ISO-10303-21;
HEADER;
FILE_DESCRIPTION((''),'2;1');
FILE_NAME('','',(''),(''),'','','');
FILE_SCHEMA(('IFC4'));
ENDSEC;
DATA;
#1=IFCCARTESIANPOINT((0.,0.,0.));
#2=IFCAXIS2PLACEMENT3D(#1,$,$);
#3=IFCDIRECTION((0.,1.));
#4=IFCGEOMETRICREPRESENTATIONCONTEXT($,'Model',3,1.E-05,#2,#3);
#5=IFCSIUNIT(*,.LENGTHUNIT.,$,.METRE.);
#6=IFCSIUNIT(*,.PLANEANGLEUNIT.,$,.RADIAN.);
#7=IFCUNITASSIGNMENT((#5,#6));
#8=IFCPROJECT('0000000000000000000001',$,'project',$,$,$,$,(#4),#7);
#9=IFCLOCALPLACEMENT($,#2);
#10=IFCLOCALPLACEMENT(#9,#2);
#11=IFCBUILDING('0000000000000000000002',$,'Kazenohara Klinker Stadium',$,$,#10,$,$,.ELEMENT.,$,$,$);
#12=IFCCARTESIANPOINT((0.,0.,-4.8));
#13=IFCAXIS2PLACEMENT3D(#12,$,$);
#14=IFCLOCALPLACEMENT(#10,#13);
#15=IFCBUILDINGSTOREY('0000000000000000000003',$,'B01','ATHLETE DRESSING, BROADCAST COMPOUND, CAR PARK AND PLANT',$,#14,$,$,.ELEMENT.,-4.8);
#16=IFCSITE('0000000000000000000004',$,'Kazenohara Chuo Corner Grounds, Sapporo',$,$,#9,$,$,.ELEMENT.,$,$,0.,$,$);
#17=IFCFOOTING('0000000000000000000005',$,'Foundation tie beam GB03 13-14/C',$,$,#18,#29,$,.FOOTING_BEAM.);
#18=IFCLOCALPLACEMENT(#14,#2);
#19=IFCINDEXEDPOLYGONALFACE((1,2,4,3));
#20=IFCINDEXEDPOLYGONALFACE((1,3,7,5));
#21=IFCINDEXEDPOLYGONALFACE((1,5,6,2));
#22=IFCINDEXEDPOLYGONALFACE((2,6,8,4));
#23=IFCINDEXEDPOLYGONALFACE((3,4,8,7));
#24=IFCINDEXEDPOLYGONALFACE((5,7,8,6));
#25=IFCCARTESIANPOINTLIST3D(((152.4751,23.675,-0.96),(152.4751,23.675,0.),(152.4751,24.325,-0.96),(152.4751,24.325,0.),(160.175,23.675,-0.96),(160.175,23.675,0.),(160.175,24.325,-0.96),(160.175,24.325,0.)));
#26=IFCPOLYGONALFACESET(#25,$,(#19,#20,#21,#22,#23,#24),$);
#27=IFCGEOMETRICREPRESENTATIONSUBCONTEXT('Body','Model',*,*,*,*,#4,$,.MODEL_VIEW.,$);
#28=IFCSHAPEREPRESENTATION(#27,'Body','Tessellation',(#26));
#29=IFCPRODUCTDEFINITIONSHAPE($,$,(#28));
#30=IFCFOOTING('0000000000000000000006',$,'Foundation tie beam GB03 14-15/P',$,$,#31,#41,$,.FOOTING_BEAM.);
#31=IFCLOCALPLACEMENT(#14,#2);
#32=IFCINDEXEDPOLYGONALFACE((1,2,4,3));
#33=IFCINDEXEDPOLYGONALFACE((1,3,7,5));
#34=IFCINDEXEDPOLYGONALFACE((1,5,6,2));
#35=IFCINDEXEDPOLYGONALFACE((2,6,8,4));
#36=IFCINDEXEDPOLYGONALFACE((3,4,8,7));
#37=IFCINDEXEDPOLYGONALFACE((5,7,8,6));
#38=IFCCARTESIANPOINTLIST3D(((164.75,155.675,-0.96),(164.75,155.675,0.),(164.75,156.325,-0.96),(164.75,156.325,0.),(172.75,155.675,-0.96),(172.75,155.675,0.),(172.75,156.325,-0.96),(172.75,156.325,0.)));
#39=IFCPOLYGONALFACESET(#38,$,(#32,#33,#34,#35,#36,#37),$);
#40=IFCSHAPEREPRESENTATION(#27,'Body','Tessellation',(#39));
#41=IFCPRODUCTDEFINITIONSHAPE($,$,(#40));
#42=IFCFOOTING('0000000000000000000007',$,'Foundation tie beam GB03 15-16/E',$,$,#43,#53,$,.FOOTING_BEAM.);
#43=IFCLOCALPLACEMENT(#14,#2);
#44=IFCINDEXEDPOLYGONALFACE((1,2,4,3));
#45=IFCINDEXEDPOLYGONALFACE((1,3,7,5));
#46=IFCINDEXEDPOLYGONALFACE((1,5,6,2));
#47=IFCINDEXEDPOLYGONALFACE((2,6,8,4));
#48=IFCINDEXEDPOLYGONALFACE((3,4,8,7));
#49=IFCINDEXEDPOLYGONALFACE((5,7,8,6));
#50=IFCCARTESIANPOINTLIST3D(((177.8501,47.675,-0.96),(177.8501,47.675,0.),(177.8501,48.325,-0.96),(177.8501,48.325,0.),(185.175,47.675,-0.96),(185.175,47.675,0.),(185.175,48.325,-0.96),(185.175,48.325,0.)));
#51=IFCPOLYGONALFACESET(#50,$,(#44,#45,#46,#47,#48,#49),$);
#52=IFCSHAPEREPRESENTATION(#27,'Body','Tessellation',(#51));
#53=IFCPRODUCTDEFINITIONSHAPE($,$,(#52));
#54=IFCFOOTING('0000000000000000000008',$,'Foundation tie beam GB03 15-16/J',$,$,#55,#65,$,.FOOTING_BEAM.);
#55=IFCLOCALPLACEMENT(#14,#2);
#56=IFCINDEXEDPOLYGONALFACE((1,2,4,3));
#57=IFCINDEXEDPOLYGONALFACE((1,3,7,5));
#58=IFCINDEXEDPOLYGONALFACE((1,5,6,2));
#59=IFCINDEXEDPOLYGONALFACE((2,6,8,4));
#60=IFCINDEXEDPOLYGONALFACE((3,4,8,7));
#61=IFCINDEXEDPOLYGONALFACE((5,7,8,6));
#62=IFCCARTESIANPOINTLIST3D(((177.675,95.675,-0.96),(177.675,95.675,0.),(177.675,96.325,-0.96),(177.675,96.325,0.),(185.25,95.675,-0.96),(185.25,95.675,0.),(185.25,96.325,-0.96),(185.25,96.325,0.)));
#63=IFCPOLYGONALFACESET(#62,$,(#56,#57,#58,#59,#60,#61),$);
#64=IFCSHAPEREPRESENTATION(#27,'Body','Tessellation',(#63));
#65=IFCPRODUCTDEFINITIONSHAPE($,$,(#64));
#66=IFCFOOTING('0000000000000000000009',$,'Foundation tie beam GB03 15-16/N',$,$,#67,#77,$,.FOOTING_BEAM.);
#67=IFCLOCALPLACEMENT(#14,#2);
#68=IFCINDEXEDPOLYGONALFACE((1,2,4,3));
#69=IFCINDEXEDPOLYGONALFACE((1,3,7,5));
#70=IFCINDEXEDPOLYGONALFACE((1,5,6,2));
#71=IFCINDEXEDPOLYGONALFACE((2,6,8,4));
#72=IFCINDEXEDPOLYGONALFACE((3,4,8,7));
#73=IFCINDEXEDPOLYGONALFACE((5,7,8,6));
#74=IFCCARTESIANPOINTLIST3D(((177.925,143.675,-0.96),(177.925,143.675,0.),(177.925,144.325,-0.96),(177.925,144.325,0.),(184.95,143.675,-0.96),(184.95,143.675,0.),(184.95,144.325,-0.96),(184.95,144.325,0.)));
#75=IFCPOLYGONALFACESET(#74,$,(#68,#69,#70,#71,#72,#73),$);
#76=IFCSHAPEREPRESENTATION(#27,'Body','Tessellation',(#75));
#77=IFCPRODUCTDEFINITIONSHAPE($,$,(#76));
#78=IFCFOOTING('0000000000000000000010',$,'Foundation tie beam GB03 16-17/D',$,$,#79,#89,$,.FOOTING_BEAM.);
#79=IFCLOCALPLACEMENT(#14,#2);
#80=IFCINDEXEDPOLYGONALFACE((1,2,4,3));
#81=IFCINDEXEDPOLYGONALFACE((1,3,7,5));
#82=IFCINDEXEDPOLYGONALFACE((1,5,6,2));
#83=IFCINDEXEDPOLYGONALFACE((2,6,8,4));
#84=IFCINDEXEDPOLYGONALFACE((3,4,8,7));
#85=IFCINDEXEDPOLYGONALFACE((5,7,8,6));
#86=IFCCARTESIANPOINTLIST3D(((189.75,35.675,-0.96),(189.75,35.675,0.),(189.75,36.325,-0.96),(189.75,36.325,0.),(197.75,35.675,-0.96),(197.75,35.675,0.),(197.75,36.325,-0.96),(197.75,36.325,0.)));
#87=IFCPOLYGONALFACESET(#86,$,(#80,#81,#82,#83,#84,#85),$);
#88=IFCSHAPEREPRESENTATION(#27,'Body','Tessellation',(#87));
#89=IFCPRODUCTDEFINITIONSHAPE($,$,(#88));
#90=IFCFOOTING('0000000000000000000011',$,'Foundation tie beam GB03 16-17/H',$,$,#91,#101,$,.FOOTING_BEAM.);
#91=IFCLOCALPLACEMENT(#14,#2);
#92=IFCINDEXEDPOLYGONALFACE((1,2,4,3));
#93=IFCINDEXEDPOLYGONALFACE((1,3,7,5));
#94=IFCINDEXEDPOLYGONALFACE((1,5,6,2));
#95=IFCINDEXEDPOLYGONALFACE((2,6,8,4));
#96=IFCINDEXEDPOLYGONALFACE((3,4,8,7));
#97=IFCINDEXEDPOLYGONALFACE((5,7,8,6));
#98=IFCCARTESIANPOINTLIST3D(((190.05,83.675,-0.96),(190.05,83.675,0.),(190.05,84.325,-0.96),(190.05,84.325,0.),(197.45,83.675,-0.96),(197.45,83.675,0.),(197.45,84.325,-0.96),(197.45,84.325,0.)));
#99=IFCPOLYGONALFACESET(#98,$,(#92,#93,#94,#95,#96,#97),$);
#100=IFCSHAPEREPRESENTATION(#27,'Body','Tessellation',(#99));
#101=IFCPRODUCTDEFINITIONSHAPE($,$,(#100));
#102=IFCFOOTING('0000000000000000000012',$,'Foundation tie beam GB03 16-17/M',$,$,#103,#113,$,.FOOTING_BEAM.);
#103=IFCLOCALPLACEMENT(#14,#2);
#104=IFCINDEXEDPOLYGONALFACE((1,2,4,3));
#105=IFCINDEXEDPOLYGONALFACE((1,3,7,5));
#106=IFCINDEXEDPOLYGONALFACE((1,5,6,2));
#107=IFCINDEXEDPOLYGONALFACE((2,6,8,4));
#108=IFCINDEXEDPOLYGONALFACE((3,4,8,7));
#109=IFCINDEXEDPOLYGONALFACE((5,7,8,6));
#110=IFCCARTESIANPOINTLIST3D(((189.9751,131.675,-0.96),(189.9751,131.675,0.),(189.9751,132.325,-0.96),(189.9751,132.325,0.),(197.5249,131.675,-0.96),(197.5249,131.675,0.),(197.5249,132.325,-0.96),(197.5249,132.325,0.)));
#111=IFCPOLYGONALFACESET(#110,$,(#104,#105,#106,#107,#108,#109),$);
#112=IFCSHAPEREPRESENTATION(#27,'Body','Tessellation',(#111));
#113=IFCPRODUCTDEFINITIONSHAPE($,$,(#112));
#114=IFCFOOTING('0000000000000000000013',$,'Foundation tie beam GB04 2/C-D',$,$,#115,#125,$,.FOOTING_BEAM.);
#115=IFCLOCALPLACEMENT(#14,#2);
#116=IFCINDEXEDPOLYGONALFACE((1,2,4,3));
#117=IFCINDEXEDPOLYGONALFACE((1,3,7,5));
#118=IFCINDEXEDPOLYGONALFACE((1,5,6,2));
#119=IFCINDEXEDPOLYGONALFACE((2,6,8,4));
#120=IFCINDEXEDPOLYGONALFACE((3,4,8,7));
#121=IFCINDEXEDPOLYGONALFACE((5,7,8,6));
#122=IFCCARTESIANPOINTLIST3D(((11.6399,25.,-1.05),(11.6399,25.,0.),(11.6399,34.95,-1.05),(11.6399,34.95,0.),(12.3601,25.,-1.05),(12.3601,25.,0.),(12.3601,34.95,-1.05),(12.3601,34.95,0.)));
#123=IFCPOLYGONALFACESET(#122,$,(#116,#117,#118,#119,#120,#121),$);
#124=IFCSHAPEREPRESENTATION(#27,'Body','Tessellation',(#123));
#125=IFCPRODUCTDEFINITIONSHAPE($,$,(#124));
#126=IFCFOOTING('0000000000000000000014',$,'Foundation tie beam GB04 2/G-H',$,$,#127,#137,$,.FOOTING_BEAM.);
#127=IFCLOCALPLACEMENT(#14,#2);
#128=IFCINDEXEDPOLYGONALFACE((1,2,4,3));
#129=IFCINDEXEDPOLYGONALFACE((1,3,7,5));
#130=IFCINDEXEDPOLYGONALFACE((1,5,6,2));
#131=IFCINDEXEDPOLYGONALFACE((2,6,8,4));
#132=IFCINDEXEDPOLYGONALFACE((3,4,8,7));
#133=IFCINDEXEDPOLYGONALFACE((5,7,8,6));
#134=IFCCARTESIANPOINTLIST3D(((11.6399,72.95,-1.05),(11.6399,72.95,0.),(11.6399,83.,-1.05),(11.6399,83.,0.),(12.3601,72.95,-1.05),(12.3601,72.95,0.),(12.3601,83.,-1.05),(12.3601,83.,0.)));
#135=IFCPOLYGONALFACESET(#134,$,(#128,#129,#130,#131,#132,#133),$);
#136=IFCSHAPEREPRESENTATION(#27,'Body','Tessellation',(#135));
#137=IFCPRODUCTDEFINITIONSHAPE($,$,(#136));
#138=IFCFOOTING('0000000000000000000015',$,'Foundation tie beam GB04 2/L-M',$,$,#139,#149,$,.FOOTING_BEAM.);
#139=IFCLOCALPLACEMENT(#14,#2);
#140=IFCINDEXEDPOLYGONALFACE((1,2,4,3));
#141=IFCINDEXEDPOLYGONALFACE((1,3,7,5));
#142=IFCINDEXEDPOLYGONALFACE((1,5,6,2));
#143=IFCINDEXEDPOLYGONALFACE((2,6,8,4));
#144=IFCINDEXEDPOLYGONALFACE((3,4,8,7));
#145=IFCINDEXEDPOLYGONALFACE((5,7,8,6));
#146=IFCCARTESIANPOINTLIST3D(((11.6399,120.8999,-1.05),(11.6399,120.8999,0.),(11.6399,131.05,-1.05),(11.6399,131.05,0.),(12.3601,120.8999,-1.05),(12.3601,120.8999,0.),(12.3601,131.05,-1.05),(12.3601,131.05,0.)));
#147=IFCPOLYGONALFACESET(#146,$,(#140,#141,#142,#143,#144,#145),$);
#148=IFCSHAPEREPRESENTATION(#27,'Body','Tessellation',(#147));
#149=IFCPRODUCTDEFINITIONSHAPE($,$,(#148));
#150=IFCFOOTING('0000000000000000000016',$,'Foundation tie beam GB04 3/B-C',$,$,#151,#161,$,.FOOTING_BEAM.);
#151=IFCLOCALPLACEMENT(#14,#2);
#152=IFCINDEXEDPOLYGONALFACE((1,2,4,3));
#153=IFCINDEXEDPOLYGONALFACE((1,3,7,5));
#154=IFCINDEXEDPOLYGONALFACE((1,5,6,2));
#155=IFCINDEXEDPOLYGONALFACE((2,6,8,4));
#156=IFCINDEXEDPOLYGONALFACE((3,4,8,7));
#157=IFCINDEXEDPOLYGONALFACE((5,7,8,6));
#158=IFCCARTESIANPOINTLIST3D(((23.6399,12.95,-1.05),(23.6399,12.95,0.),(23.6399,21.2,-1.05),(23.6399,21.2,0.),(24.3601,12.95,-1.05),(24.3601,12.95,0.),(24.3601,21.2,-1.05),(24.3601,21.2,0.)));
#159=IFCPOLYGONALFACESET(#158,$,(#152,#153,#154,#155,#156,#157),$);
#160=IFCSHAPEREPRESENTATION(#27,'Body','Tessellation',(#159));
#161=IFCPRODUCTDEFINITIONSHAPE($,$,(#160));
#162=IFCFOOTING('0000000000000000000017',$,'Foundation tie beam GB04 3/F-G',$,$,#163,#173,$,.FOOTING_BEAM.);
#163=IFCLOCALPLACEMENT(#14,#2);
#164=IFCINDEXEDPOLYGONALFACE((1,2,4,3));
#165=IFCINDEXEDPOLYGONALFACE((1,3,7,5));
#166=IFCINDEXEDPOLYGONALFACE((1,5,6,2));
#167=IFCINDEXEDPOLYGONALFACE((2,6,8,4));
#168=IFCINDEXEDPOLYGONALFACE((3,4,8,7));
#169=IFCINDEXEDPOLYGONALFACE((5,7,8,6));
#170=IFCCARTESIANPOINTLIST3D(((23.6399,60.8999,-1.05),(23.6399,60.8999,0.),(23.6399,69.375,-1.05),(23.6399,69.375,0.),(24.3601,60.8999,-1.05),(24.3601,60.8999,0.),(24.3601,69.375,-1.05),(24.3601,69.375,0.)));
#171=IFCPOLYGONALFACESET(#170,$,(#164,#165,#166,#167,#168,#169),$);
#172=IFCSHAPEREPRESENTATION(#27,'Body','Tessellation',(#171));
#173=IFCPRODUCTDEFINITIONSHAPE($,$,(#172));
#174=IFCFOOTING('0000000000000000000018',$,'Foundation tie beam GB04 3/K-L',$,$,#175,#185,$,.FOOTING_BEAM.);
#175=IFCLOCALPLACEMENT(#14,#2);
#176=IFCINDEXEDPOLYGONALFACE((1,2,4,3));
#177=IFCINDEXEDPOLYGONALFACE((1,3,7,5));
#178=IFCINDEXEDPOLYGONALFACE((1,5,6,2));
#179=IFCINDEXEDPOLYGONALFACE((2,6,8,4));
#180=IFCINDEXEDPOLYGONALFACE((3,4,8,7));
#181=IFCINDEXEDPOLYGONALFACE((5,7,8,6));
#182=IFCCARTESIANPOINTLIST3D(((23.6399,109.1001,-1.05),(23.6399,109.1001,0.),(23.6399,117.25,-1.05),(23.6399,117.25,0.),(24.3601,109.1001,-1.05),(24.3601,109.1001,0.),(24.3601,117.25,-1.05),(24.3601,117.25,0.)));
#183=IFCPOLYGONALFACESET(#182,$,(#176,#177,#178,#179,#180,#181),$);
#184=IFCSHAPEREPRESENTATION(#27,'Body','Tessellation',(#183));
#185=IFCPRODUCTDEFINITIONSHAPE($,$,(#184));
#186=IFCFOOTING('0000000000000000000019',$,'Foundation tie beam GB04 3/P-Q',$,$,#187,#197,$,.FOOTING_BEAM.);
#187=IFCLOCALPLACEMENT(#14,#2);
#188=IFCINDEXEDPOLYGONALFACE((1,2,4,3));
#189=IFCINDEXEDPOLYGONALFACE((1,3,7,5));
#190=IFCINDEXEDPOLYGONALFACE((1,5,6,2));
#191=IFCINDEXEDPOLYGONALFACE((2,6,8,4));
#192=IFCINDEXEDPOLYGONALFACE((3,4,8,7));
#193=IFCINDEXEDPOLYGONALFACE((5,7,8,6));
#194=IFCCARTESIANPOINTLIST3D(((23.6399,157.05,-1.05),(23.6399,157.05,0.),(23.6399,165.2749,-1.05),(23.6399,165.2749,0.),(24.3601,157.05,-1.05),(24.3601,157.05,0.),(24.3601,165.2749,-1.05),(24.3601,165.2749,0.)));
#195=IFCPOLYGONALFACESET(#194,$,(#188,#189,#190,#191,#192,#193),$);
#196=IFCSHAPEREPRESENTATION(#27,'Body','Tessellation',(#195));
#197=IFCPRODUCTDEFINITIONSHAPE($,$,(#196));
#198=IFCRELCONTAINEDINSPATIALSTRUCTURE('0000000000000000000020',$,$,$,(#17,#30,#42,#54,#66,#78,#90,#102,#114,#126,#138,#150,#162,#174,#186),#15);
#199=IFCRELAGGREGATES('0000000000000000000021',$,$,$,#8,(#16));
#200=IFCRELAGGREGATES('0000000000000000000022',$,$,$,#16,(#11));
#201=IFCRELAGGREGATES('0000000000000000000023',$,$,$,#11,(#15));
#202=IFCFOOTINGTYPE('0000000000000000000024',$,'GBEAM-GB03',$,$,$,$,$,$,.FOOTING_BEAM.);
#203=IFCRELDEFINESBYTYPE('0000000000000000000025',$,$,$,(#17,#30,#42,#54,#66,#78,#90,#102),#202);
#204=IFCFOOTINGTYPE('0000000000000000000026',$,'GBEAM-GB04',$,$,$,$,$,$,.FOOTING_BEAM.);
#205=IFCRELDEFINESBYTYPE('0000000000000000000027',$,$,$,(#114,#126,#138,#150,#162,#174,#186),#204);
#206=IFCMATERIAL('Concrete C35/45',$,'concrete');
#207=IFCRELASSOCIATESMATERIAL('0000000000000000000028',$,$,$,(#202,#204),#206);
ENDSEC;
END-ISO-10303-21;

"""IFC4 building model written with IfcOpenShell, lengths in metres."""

from ifc_helpers import new_model, si_unit, direction, frame, origin, place, context, subcontext, project, spatial, polyline, outline, extrude, material, type_object, element, save


model = new_model("IFC4")

# Units and contexts
model_context = context("Model", 3, precision=1e-05, world=origin(), true_north=direction((0.0, 1.0)))
body_context = subcontext(model_context, "Body", "Model", "MODEL_VIEW")
ifc_project = project(units=[si_unit("LENGTHUNIT", "METRE"), si_unit("PLANEANGLEUNIT", "RADIAN")], contexts=[model_context])

# Site, building, storey
site_placement = place(None, origin())
site = spatial("IfcSite", under=ifc_project, at=site_placement, Name="Kazenohara Chuo Corner Grounds, Sapporo", CompositionType="ELEMENT", RefElevation=0.0)
building_placement = place(site_placement, origin())
building = spatial("IfcBuilding", under=site, at=building_placement, Name="Kazenohara Klinker Stadium", CompositionType="ELEMENT")
storey_placement = place(building_placement, frame((0.0, 0.0, -4.8)))
storey = spatial("IfcBuildingStorey", under=building, at=storey_placement, Name="B01", Description="ATHLETE DRESSING, BROADCAST COMPOUND, CAR PARK AND PLANT", CompositionType="ELEMENT", Elevation=-4.8)

# Footings
ifc_material = material(Name="Concrete C35/45", Category="concrete")
footing_type_1 = type_object("IfcFootingType", Name="GBEAM-GB03", PredefinedType="FOOTING_BEAM", material=ifc_material)
footing_1_placement = place(storey_placement, frame((0.0, 0.0, -0.96)))
element("IfcFooting", 1, at=footing_1_placement, inside=storey, type_object=footing_type_1, Name="Foundation tie beam GB03 13-14/C", PredefinedType="FOOTING_BEAM", context=body_context, shape_type="SweptSolid", body=[
    extrude(outline(polyline([(152.4751, 23.675), (160.175, 23.675), (160.175, 24.325), (152.4751, 24.325), (152.4751, 23.675)])), origin(), (0.0, 0.0, 1.0), 0.96),
])
footing_2_placement = place(storey_placement, frame((0.0, 0.0, -0.96)))
element("IfcFooting", 2, at=footing_2_placement, inside=storey, type_object=footing_type_1, Name="Foundation tie beam GB03 14-15/P", PredefinedType="FOOTING_BEAM", context=body_context, shape_type="SweptSolid", body=[
    extrude(outline(polyline([(164.75, 155.675), (172.75, 155.675), (172.75, 156.325), (164.75, 156.325), (164.75, 155.675)])), origin(), (0.0, 0.0, 1.0), 0.96),
])
footing_3_placement = place(storey_placement, frame((0.0, 0.0, -0.96)))
element("IfcFooting", 3, at=footing_3_placement, inside=storey, type_object=footing_type_1, Name="Foundation tie beam GB03 15-16/E", PredefinedType="FOOTING_BEAM", context=body_context, shape_type="SweptSolid", body=[
    extrude(outline(polyline([(177.8501, 47.675), (185.175, 47.675), (185.175, 48.325), (177.8501, 48.325), (177.8501, 47.675)])), origin(), (0.0, 0.0, 1.0), 0.96),
])
footing_4_placement = place(storey_placement, frame((0.0, 0.0, -0.96)))
element("IfcFooting", 4, at=footing_4_placement, inside=storey, type_object=footing_type_1, Name="Foundation tie beam GB03 15-16/J", PredefinedType="FOOTING_BEAM", context=body_context, shape_type="SweptSolid", body=[
    extrude(outline(polyline([(177.675, 95.675), (185.25, 95.675), (185.25, 96.325), (177.675, 96.325), (177.675, 95.675)])), origin(), (0.0, 0.0, 1.0), 0.96),
])
footing_5_placement = place(storey_placement, frame((0.0, 0.0, -0.96)))
element("IfcFooting", 5, at=footing_5_placement, inside=storey, type_object=footing_type_1, Name="Foundation tie beam GB03 15-16/N", PredefinedType="FOOTING_BEAM", context=body_context, shape_type="SweptSolid", body=[
    extrude(outline(polyline([(177.925, 143.675), (184.95, 143.675), (184.95, 144.325), (177.925, 144.325), (177.925, 143.675)])), origin(), (0.0, 0.0, 1.0), 0.96),
])
footing_6_placement = place(storey_placement, frame((0.0, 0.0, -0.96)))
element("IfcFooting", 6, at=footing_6_placement, inside=storey, type_object=footing_type_1, Name="Foundation tie beam GB03 16-17/D", PredefinedType="FOOTING_BEAM", context=body_context, shape_type="SweptSolid", body=[
    extrude(outline(polyline([(189.75, 35.675), (197.75, 35.675), (197.75, 36.325), (189.75, 36.325), (189.75, 35.675)])), origin(), (0.0, 0.0, 1.0), 0.96),
])
footing_7_placement = place(storey_placement, frame((0.0, 0.0, -0.96)))
element("IfcFooting", 7, at=footing_7_placement, inside=storey, type_object=footing_type_1, Name="Foundation tie beam GB03 16-17/H", PredefinedType="FOOTING_BEAM", context=body_context, shape_type="SweptSolid", body=[
    extrude(outline(polyline([(190.05, 83.675), (197.45, 83.675), (197.45, 84.325), (190.05, 84.325), (190.05, 83.675)])), origin(), (0.0, 0.0, 1.0), 0.96),
])
footing_8_placement = place(storey_placement, frame((0.0, 0.0, -0.96)))
element("IfcFooting", 8, at=footing_8_placement, inside=storey, type_object=footing_type_1, Name="Foundation tie beam GB03 16-17/M", PredefinedType="FOOTING_BEAM", context=body_context, shape_type="SweptSolid", body=[
    extrude(outline(polyline([(189.9751, 131.675), (197.5249, 131.675), (197.5249, 132.325), (189.9751, 132.325), (189.9751, 131.675)])), origin(), (0.0, 0.0, 1.0), 0.96),
])
footing_type_2 = type_object("IfcFootingType", Name="GBEAM-GB04", PredefinedType="FOOTING_BEAM", material=ifc_material)
footing_9_placement = place(storey_placement, frame((0.0, 0.0, -1.05)))
element("IfcFooting", 9, at=footing_9_placement, inside=storey, type_object=footing_type_2, Name="Foundation tie beam GB04 2/C-D", PredefinedType="FOOTING_BEAM", context=body_context, shape_type="SweptSolid", body=[
    extrude(outline(polyline([(11.6399, 25.0), (12.3601, 25.0), (12.3601, 34.95), (11.6399, 34.95), (11.6399, 25.0)])), origin(), (0.0, 0.0, 1.0), 1.05),
])
footing_10_placement = place(storey_placement, frame((0.0, 0.0, -1.05)))
element("IfcFooting", 10, at=footing_10_placement, inside=storey, type_object=footing_type_2, Name="Foundation tie beam GB04 2/G-H", PredefinedType="FOOTING_BEAM", context=body_context, shape_type="SweptSolid", body=[
    extrude(outline(polyline([(11.6399, 72.95), (12.3601, 72.95), (12.3601, 83.0), (11.6399, 83.0), (11.6399, 72.95)])), origin(), (0.0, 0.0, 1.0), 1.05),
])
footing_11_placement = place(storey_placement, frame((0.0, 0.0, -1.05)))
element("IfcFooting", 11, at=footing_11_placement, inside=storey, type_object=footing_type_2, Name="Foundation tie beam GB04 2/L-M", PredefinedType="FOOTING_BEAM", context=body_context, shape_type="SweptSolid", body=[
    extrude(outline(polyline([(11.6399, 120.8999), (12.3601, 120.8999), (12.3601, 131.05), (11.6399, 131.05), (11.6399, 120.8999)])), origin(), (0.0, 0.0, 1.0), 1.05),
])
footing_12_placement = place(storey_placement, frame((0.0, 0.0, -1.05)))
element("IfcFooting", 12, at=footing_12_placement, inside=storey, type_object=footing_type_2, Name="Foundation tie beam GB04 3/B-C", PredefinedType="FOOTING_BEAM", context=body_context, shape_type="SweptSolid", body=[
    extrude(outline(polyline([(23.6399, 12.95), (24.3601, 12.95), (24.3601, 21.2), (23.6399, 21.2), (23.6399, 12.95)])), origin(), (0.0, 0.0, 1.0), 1.05),
])
footing_13_placement = place(storey_placement, frame((0.0, 0.0, -1.05)))
element("IfcFooting", 13, at=footing_13_placement, inside=storey, type_object=footing_type_2, Name="Foundation tie beam GB04 3/F-G", PredefinedType="FOOTING_BEAM", context=body_context, shape_type="SweptSolid", body=[
    extrude(outline(polyline([(23.6399, 60.8999), (24.3601, 60.8999), (24.3601, 69.375), (23.6399, 69.375), (23.6399, 60.8999)])), origin(), (0.0, 0.0, 1.0), 1.05),
])
footing_14_placement = place(storey_placement, frame((0.0, 0.0, -1.05)))
element("IfcFooting", 14, at=footing_14_placement, inside=storey, type_object=footing_type_2, Name="Foundation tie beam GB04 3/K-L", PredefinedType="FOOTING_BEAM", context=body_context, shape_type="SweptSolid", body=[
    extrude(outline(polyline([(23.6399, 109.1001), (24.3601, 109.1001), (24.3601, 117.25), (23.6399, 117.25), (23.6399, 109.1001)])), origin(), (0.0, 0.0, 1.0), 1.05),
])
footing_15_placement = place(storey_placement, frame((0.0, 0.0, -1.05)))
element("IfcFooting", 15, at=footing_15_placement, inside=storey, type_object=footing_type_2, Name="Foundation tie beam GB04 3/P-Q", PredefinedType="FOOTING_BEAM", context=body_context, shape_type="SweptSolid", body=[
    extrude(outline(polyline([(23.6399, 157.05), (24.3601, 157.05), (24.3601, 165.2749), (23.6399, 165.2749), (23.6399, 157.05)])), origin(), (0.0, 0.0, 1.0), 1.05),
])

save(model, "model.ifc")
